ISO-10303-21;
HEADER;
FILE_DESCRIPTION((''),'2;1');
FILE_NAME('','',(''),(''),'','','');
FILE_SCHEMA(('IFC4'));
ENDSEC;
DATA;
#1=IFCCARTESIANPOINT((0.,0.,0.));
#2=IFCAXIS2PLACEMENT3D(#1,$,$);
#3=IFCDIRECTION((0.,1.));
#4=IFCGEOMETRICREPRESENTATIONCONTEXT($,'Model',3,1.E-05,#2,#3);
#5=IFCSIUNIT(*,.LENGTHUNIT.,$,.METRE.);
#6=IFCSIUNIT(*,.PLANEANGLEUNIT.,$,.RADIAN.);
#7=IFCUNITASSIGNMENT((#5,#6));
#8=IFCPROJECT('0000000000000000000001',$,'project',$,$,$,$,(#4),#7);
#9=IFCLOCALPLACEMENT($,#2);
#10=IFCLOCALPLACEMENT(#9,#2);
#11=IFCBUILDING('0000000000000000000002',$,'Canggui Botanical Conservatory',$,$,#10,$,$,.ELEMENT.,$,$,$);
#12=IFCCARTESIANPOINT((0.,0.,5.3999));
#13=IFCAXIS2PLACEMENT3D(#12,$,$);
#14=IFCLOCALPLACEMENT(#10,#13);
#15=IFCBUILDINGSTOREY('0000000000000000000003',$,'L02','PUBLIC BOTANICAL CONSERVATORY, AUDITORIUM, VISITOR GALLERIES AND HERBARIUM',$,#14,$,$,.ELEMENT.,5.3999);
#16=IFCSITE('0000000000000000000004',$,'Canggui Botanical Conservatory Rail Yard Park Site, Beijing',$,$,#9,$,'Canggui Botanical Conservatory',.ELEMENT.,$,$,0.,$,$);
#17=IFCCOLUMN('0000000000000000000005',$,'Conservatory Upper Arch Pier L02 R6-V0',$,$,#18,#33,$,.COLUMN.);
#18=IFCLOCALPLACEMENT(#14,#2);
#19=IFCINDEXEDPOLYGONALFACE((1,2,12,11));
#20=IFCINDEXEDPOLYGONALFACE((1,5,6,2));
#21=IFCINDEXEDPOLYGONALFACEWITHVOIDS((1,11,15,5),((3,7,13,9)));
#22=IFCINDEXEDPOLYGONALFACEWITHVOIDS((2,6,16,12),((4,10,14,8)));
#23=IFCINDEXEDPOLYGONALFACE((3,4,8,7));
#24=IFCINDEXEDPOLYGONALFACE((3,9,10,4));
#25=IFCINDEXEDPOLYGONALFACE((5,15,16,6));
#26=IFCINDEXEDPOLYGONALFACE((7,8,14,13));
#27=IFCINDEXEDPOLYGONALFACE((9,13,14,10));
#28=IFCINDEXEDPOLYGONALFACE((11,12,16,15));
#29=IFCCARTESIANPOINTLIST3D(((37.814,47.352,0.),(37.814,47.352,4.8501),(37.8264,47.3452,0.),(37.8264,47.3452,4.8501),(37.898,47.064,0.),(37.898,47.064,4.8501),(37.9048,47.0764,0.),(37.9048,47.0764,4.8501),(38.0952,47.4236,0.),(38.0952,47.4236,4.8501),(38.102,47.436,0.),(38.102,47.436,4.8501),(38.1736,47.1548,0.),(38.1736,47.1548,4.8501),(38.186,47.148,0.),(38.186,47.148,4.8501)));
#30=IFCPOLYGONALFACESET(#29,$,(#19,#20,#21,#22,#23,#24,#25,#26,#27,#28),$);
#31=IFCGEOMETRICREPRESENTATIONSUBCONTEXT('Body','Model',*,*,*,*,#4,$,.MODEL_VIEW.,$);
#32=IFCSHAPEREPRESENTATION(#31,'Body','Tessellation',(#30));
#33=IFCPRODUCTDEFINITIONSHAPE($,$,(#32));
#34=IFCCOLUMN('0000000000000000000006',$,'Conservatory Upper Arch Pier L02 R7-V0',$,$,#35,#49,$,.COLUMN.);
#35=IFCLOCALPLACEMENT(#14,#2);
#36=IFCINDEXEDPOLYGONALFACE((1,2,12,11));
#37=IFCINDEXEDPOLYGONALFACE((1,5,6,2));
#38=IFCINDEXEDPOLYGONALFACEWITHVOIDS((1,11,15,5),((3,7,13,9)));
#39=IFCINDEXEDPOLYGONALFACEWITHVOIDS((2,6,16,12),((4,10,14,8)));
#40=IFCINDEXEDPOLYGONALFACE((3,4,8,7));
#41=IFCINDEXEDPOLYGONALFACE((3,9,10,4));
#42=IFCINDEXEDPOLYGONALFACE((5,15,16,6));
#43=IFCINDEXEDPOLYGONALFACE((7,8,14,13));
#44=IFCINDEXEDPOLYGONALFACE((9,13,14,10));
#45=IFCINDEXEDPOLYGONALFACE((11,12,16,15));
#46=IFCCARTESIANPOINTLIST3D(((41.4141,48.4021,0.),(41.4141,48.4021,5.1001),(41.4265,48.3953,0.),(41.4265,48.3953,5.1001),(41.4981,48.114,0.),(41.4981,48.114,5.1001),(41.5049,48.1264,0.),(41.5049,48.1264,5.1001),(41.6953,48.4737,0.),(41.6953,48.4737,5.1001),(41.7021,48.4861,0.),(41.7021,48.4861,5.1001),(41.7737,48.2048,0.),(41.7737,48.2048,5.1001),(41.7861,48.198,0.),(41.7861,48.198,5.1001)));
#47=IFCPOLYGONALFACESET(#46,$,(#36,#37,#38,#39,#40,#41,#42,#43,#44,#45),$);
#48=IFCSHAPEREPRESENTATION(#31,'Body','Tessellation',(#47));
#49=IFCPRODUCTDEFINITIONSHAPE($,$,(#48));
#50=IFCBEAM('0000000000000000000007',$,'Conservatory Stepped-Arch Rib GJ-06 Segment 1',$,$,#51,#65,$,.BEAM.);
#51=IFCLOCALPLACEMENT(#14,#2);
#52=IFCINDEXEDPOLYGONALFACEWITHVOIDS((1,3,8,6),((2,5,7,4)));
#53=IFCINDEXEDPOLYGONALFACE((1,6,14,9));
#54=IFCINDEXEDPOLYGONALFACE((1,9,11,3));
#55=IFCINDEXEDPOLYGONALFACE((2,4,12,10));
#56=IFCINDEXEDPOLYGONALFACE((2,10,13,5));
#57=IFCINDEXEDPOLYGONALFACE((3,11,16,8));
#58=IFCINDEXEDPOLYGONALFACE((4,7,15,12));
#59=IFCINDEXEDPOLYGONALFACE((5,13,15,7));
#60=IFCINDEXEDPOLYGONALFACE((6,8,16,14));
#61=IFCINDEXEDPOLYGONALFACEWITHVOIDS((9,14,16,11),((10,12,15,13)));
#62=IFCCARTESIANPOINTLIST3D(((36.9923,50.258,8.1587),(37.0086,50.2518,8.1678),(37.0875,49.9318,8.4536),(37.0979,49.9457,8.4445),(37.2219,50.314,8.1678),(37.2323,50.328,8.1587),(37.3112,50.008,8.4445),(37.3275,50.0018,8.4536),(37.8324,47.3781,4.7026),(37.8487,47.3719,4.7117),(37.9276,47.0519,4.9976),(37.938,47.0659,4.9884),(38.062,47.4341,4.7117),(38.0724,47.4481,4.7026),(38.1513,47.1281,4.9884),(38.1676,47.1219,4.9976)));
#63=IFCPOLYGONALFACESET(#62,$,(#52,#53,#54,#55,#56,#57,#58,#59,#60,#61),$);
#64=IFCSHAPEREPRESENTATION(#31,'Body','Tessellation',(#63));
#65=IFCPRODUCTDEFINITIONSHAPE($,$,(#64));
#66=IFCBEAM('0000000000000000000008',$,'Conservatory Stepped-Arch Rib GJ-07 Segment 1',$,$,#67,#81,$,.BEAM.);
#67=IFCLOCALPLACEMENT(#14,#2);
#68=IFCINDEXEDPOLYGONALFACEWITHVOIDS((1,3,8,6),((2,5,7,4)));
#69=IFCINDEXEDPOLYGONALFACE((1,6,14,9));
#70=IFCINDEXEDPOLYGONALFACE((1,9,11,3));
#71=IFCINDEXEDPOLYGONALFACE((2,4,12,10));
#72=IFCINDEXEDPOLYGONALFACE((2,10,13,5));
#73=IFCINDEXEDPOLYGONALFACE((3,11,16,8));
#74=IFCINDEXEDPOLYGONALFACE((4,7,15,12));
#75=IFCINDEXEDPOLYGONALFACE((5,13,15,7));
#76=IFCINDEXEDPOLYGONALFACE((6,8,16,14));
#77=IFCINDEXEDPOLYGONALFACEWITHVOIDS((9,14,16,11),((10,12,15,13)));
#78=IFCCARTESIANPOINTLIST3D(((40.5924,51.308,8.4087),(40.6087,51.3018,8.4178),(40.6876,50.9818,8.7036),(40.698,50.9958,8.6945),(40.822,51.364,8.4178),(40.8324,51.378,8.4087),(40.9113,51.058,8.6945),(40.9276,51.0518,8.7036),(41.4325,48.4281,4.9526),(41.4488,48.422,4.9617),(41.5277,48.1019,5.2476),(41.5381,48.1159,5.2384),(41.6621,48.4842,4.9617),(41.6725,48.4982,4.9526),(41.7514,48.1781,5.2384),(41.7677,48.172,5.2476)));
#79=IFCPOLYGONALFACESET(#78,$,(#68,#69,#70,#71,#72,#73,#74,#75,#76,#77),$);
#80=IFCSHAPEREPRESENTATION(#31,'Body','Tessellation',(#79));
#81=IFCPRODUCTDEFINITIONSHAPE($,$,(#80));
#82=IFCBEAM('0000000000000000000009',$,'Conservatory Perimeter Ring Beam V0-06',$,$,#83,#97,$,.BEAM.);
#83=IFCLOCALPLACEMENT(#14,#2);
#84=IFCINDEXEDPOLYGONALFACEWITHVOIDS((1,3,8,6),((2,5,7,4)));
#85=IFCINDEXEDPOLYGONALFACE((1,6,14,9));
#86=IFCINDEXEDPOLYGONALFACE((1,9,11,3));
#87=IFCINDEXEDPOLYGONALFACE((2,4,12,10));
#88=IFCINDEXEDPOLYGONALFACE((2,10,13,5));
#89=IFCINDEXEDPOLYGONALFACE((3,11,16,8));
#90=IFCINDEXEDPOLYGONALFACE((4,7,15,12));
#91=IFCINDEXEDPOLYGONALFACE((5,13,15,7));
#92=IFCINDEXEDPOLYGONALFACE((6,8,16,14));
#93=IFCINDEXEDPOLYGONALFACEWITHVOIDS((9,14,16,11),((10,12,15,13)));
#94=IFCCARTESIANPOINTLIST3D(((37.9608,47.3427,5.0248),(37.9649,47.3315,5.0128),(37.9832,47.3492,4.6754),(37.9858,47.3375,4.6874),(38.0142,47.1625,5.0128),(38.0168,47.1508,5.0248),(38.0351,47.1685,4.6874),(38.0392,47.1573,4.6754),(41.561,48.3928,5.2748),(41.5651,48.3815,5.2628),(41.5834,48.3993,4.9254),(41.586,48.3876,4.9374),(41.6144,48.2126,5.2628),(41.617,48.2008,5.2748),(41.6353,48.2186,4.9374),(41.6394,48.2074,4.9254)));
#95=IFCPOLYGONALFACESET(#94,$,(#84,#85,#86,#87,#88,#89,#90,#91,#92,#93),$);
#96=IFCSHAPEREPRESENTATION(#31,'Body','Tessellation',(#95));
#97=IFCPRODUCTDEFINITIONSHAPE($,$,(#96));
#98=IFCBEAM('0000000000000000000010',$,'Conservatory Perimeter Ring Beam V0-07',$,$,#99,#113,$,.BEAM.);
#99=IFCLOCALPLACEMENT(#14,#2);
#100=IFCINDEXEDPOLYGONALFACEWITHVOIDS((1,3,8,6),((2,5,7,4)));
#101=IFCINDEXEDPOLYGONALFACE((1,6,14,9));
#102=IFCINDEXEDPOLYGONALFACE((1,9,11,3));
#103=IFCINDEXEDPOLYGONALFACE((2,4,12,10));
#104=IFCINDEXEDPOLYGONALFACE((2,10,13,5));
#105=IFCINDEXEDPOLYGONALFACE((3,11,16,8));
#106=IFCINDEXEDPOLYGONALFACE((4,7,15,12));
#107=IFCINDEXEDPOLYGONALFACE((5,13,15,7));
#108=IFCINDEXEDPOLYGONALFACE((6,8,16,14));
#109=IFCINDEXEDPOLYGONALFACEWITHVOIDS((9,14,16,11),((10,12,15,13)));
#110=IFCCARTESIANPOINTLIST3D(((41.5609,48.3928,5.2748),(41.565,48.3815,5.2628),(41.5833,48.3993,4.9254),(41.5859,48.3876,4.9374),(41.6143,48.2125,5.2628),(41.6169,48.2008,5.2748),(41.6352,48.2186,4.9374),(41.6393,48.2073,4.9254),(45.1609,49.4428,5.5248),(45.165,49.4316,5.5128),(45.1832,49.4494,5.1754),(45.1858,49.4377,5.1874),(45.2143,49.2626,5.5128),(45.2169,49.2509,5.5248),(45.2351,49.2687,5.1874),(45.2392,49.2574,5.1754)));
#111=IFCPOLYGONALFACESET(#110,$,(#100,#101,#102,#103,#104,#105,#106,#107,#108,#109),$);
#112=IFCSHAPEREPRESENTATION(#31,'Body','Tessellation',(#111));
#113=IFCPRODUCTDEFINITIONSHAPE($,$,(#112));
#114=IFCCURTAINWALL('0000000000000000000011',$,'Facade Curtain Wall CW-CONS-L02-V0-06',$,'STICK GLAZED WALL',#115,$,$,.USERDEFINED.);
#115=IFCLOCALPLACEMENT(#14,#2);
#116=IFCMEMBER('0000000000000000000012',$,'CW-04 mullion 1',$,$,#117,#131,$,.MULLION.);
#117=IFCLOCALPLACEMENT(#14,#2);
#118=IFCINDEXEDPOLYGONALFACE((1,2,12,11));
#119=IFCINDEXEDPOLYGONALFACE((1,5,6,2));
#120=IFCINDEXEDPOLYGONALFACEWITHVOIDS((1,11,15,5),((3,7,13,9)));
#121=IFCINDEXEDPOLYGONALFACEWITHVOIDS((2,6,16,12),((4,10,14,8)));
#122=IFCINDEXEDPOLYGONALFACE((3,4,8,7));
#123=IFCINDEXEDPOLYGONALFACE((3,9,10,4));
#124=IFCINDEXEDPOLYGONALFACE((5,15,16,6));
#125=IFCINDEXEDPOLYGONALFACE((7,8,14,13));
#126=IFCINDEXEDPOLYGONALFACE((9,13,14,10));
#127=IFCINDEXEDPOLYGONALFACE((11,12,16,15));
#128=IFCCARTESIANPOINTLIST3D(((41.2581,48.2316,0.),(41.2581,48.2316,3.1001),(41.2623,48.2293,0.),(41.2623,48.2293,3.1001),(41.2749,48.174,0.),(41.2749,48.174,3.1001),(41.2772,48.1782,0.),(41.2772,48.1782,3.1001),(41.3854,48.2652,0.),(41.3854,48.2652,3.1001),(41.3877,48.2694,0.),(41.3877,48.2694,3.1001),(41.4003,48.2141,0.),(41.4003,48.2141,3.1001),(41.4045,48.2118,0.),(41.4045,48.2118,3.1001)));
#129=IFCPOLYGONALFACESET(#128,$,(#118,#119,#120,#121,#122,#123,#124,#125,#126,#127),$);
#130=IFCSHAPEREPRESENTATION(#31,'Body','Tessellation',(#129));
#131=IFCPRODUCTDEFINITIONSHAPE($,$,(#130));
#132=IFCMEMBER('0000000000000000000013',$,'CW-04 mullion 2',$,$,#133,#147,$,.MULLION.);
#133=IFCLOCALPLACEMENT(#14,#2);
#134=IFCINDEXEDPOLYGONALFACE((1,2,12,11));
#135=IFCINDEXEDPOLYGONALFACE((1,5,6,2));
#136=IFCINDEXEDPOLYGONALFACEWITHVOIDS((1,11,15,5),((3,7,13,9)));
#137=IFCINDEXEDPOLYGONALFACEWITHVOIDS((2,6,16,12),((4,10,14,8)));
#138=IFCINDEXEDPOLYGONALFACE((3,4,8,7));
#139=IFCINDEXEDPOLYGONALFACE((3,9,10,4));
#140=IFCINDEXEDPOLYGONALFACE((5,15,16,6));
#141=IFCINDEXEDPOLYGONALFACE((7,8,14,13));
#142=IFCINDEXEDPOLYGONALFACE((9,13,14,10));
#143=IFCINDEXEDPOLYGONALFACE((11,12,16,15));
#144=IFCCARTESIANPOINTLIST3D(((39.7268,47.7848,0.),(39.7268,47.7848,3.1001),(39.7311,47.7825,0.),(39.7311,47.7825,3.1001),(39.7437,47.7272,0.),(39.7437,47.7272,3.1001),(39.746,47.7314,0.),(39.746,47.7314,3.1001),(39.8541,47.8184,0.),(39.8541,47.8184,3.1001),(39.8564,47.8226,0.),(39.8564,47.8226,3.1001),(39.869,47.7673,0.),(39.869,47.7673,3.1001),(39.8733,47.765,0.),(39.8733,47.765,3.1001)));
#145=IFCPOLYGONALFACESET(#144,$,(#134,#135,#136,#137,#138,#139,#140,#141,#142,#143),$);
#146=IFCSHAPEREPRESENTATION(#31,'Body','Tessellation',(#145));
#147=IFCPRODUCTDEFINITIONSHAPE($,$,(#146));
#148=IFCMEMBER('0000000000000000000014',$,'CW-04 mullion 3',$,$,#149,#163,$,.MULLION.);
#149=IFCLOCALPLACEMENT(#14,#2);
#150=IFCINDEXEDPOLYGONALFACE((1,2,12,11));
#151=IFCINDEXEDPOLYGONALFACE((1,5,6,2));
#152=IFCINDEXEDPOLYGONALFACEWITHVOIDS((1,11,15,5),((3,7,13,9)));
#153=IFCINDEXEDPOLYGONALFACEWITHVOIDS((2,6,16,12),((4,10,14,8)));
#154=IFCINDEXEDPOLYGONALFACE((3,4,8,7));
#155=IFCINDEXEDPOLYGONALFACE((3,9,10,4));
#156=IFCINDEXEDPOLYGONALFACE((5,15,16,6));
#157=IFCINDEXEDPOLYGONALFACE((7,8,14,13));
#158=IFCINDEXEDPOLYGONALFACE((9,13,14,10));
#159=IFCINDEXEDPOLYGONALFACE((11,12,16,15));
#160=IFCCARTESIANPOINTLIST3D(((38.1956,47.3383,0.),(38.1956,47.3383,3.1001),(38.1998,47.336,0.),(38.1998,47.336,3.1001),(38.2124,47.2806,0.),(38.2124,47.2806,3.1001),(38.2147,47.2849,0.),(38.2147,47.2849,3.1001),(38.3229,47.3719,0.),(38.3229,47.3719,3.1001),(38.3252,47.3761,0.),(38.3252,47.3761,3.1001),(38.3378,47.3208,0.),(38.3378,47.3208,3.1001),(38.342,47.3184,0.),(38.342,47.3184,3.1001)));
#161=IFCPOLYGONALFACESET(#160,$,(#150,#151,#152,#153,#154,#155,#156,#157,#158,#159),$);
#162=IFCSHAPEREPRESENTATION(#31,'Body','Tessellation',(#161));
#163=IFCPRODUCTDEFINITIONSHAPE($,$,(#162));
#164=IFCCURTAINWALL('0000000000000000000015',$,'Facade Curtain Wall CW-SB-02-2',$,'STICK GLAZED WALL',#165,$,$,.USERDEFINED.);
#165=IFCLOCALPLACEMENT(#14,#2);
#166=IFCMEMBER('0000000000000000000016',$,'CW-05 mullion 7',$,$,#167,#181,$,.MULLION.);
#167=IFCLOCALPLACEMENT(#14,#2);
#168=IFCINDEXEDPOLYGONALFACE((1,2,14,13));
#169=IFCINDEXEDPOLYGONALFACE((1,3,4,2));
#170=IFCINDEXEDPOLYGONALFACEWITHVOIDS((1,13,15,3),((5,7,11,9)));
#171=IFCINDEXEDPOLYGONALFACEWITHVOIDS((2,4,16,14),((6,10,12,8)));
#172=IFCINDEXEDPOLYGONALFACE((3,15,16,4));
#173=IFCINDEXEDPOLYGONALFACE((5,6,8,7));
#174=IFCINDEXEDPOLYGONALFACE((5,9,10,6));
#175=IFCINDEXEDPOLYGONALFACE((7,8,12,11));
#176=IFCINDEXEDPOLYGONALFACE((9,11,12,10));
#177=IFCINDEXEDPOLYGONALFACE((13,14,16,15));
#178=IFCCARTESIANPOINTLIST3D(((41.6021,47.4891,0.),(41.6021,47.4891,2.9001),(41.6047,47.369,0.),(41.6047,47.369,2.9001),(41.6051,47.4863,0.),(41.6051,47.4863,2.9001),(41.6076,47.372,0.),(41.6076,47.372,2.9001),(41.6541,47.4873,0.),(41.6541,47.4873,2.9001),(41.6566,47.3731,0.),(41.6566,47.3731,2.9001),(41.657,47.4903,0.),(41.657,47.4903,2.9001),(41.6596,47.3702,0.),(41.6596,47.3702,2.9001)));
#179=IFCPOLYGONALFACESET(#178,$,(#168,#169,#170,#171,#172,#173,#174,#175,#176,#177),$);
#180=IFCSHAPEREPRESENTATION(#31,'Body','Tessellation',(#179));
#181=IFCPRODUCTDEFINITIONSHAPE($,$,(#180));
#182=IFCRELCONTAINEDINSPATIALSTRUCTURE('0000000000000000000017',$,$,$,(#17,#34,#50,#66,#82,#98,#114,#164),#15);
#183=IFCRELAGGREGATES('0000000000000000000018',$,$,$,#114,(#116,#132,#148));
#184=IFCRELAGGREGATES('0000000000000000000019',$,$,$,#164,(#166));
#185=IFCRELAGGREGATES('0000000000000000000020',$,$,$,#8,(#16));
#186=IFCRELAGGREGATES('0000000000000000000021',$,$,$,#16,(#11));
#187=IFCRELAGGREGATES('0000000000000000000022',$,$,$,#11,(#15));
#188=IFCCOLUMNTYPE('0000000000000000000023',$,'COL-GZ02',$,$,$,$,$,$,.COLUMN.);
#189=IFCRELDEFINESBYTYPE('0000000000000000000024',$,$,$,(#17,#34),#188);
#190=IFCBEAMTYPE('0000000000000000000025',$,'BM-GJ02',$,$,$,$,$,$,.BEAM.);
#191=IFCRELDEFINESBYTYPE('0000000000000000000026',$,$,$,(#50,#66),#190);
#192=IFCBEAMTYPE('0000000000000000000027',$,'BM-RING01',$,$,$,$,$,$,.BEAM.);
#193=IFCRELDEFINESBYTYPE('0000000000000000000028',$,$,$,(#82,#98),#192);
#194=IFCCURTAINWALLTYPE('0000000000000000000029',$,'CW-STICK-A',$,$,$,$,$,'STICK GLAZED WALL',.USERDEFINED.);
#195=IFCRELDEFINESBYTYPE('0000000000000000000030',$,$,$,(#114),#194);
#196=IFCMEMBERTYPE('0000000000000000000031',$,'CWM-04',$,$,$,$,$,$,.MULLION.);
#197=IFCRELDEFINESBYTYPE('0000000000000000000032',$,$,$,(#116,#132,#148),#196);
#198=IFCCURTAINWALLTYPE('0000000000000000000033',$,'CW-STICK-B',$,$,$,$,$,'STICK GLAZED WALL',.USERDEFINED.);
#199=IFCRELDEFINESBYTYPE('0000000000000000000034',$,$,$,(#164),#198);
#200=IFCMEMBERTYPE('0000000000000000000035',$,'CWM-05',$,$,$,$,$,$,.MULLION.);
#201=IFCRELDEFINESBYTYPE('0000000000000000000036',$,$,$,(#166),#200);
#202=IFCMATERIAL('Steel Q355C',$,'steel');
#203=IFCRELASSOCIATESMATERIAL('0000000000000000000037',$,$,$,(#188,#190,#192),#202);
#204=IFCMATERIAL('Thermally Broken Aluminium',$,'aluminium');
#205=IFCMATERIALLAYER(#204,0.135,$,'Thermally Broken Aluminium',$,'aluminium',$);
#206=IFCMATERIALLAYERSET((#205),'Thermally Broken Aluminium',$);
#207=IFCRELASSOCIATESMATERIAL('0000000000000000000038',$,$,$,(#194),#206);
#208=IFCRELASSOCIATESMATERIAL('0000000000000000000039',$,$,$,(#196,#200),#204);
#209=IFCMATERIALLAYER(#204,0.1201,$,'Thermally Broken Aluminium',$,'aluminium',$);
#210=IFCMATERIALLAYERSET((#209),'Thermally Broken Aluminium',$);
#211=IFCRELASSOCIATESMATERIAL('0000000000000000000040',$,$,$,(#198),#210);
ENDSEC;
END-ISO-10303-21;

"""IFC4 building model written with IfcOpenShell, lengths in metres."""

from ifc_helpers import new_model, si_unit, direction, frame, origin, origin_2d, place, context, subcontext, project, spatial, hollow_rectangle, extrude, material, layer, layer_set, material_profile, profile_set, type_object, element, aggregate, save


model = new_model("IFC4")

# Units and contexts
model_context = context("Model", 3, precision=1e-05, world=origin(), true_north=direction((0.0, 1.0)))
body_context = subcontext(model_context, "Body", "Model", "MODEL_VIEW")
ifc_project = project(units=[si_unit("LENGTHUNIT", "METRE"), si_unit("PLANEANGLEUNIT", "RADIAN")], contexts=[model_context])

# Site, building, storey
site_placement = place(None, origin())
site = spatial("IfcSite", under=ifc_project, at=site_placement, Name="Canggui Botanical Conservatory Rail Yard Park Site, Beijing", LongName="Canggui Botanical Conservatory", CompositionType="ELEMENT", RefElevation=0.0)
building_placement = place(site_placement, origin())
building = spatial("IfcBuilding", under=site, at=building_placement, Name="Canggui Botanical Conservatory", CompositionType="ELEMENT")
storey_placement = place(building_placement, frame((0.0, 0.0, 5.3999)))
storey = spatial("IfcBuildingStorey", under=building, at=storey_placement, Name="L02", Description="PUBLIC BOTANICAL CONSERVATORY, AUDITORIUM, VISITOR GALLERIES AND HERBARIUM", CompositionType="ELEMENT", Elevation=5.3999)

# Columns
ifc_material_1 = material(Name="Steel Q355C", Category="steel")
ifc_material_profile_1 = material_profile(ifc_material_1, hollow_rectangle(XDim=0.3, YDim=0.3, WallThickness=0.01, at=origin_2d()), Name="SHS 300x300x10")
ifc_profile_set_1 = profile_set([ifc_material_profile_1], Name="Steel Q355C")
column_type = type_object("IfcColumnType", Name="COL-GZ02", PredefinedType="COLUMN", material=ifc_profile_set_1)
column_1_placement = place(storey_placement, frame((38.0, 47.25, 0.0), z_axis=(0.0, 0.0, 1.0), x_axis=(0.96, 0.28, 0.0)))
element("IfcColumn", 1, at=column_1_placement, inside=storey, type_object=column_type, Name="Conservatory Upper Arch Pier L02 R6-V0", PredefinedType="COLUMN", context=body_context, shape_type="SweptSolid", body=[
    extrude(hollow_rectangle(XDim=0.3, YDim=0.3, WallThickness=0.01, at=origin_2d()), origin(), (0.0, 0.0, 1.0), 4.8501),
])
column_2_placement = place(storey_placement, frame((41.6001, 48.3, 0.0), z_axis=(0.0, 0.0, 1.0), x_axis=(0.96, 0.28, 0.0)))
element("IfcColumn", 2, at=column_2_placement, inside=storey, type_object=column_type, Name="Conservatory Upper Arch Pier L02 R7-V0", PredefinedType="COLUMN", context=body_context, shape_type="SweptSolid", body=[
    extrude(hollow_rectangle(XDim=0.3, YDim=0.3, WallThickness=0.01, at=origin_2d()), origin(), (0.0, 0.0, 1.0), 5.1001),
])

# Beams
ifc_material_profile_2 = material_profile(ifc_material_1, hollow_rectangle(XDim=0.25, YDim=0.45, WallThickness=0.0139, at=origin_2d()), Name="RHS 250x450x14")
ifc_profile_set_2 = profile_set([ifc_material_profile_2], Name="Steel Q355C")
beam_type_1 = type_object("IfcBeamType", Name="BM-GJ02", PredefinedType="BEAM", material=ifc_profile_set_2)
for number, where, z_axis, x_axis, name in (
    (3, (38.0, 47.25, 4.8501), (-0.183568, 0.629285, 0.755184), (-0.959989, -0.280038, 0.0), "Conservatory Stepped-Arch Rib GJ-06 Segment 1"),
    (4, (41.6001, 48.3, 5.1001), (-0.183568, 0.629285, 0.755184), (-0.959989, -0.280038, 0.0), "Conservatory Stepped-Arch Rib GJ-07 Segment 1"),
):
    element("IfcBeam", number, at=place(storey_placement, frame(where, z_axis=z_axis, x_axis=x_axis)), inside=storey, type_object=beam_type_1, Name=name, PredefinedType="BEAM", context=body_context, shape_type="SweptSolid", body=[
        extrude(hollow_rectangle(XDim=0.25, YDim=0.45, WallThickness=0.0139, at=origin_2d()), origin(), (0.0, 0.0, 1.0), 4.5764),
    ])
ifc_material_profile_3 = material_profile(ifc_material_1, hollow_rectangle(XDim=0.2, YDim=0.3501, WallThickness=0.012, at=origin_2d()), Name="RHS 200x350x12")
ifc_profile_set_3 = profile_set([ifc_material_profile_3], Name="Steel Q355C")
beam_type_2 = type_object("IfcBeamType", Name="BM-RING01", PredefinedType="BEAM", material=ifc_profile_set_3)
beam_1_placement = place(storey_placement, frame((38.0, 47.25, 4.8501), z_axis=(0.957872, 0.279385, 0.066517), x_axis=(-0.280005, 0.959999, 0.0)))
element("IfcBeam", 5, at=beam_1_placement, inside=storey, type_object=beam_type_2, Name="Conservatory Perimeter Ring Beam V0-06", PredefinedType="BEAM", context=body_context, shape_type="SweptSolid", body=[
    extrude(hollow_rectangle(XDim=0.2, YDim=0.3501, WallThickness=0.012, at=origin_2d()), origin(), (0.0, 0.0, 1.0), 3.7585),
])
beam_2_placement = place(storey_placement, frame((41.6001, 48.3, 5.1001), z_axis=(0.957867, 0.279402, 0.066521), x_axis=(-0.280023, 0.959993, 0.0)))
element("IfcBeam", 6, at=beam_2_placement, inside=storey, type_object=beam_type_2, Name="Conservatory Perimeter Ring Beam V0-07", PredefinedType="BEAM", context=body_context, shape_type="SweptSolid", body=[
    extrude(hollow_rectangle(XDim=0.2, YDim=0.3501, WallThickness=0.012, at=origin_2d()), origin(), (0.0, 0.0, 1.0), 3.7583),
])

# Curtain wall, members
ifc_material_2 = material(Name="Thermally Broken Aluminium", Category="aluminium")
ifc_layer_1 = layer(ifc_material_2, 0.135, Name="Thermally Broken Aluminium", Category="aluminium")
ifc_layer_set_1 = layer_set([ifc_layer_1], Name="Thermally Broken Aluminium")
curtain_wall_type_1 = type_object("IfcCurtainWallType", Name="CW-STICK-A", ElementType="STICK GLAZED WALL", PredefinedType="USERDEFINED", material=ifc_layer_set_1)
curtain_wall_1_placement = place(storey_placement, origin())
curtain_wall_1 = element("IfcCurtainWall", 7, at=curtain_wall_1_placement, inside=storey, type_object=curtain_wall_type_1, Name="Facade Curtain Wall CW-CONS-L02-V0-06", ObjectType="STICK GLAZED WALL", PredefinedType="USERDEFINED")
ifc_material_profile_4 = material_profile(ifc_material_2, hollow_rectangle(XDim=0.0601, YDim=0.135, WallThickness=0.0034, at=origin_2d()), Name="CWM 60x135x3.5")
ifc_profile_set_4 = profile_set([ifc_material_profile_4], Name="Thermally Broken Aluminium")
member_type_1 = type_object("IfcMemberType", Name="CWM-04", PredefinedType="MULLION", material=ifc_profile_set_4)
member_1_placement = place(storey_placement, frame((41.3313, 48.2217, 0.0), z_axis=(0.0, 0.0, 1.0), x_axis=(0.28, -0.96, 0.0)))
member_1 = element("IfcMember", 8, at=member_1_placement, type_object=member_type_1, Name="CW-04 mullion 1", PredefinedType="MULLION", context=body_context, shape_type="SweptSolid", body=[
    extrude(hollow_rectangle(XDim=0.0601, YDim=0.135, WallThickness=0.0034, at=origin_2d()), origin(), (0.0, 0.0, 1.0), 3.1001),
])
member_2_placement = place(storey_placement, frame((39.8, 47.7749, 0.0), z_axis=(0.0, 0.0, 1.0), x_axis=(0.28, -0.96, 0.0)))
member_2 = element("IfcMember", 9, at=member_2_placement, type_object=member_type_1, Name="CW-04 mullion 2", PredefinedType="MULLION", context=body_context, shape_type="SweptSolid", body=[
    extrude(hollow_rectangle(XDim=0.0601, YDim=0.135, WallThickness=0.0034, at=origin_2d()), origin(), (0.0, 0.0, 1.0), 3.1001),
])
member_3_placement = place(storey_placement, frame((38.2688, 47.3284, 0.0), z_axis=(0.0, 0.0, 1.0), x_axis=(0.28, -0.96, 0.0)))
member_3 = element("IfcMember", 10, at=member_3_placement, type_object=member_type_1, Name="CW-04 mullion 3", PredefinedType="MULLION", context=body_context, shape_type="SweptSolid", body=[
    extrude(hollow_rectangle(XDim=0.0601, YDim=0.135, WallThickness=0.0034, at=origin_2d()), origin(), (0.0, 0.0, 1.0), 3.1001),
])

# Curtain wall, member
ifc_layer_2 = layer(ifc_material_2, 0.1201, Name="Thermally Broken Aluminium", Category="aluminium")
ifc_layer_set_2 = layer_set([ifc_layer_2], Name="Thermally Broken Aluminium")
curtain_wall_type_2 = type_object("IfcCurtainWallType", Name="CW-STICK-B", ElementType="STICK GLAZED WALL", PredefinedType="USERDEFINED", material=ifc_layer_set_2)
curtain_wall_2_placement = place(storey_placement, origin())
curtain_wall_2 = element("IfcCurtainWall", 11, at=curtain_wall_2_placement, inside=storey, type_object=curtain_wall_type_2, Name="Facade Curtain Wall CW-SB-02-2", ObjectType="STICK GLAZED WALL", PredefinedType="USERDEFINED")
ifc_material_profile_5 = material_profile(ifc_material_2, hollow_rectangle(XDim=0.0549, YDim=0.1201, WallThickness=0.0029, at=origin_2d()), Name="CWM 55x120x3")
ifc_profile_set_5 = profile_set([ifc_material_profile_5], Name="Thermally Broken Aluminium")
member_type_2 = type_object("IfcMemberType", Name="CWM-05", PredefinedType="MULLION", material=ifc_profile_set_5)
member_4_placement = place(storey_placement, frame((41.6309, 47.4297, 0.0), z_axis=(0.0, 0.0, 1.0), x_axis=(-0.999761, -0.021853, 0.0)))
member_4 = element("IfcMember", 12, at=member_4_placement, type_object=member_type_2, Name="CW-05 mullion 7", PredefinedType="MULLION", context=body_context, shape_type="SweptSolid", body=[
    extrude(hollow_rectangle(XDim=0.0549, YDim=0.1201, WallThickness=0.0029, at=origin_2d()), origin(), (0.0, 0.0, 1.0), 2.9001),
])

aggregate(curtain_wall_1, [member_1, member_2, member_3])
aggregate(curtain_wall_2, [member_4])

save(model, "model.ifc")
